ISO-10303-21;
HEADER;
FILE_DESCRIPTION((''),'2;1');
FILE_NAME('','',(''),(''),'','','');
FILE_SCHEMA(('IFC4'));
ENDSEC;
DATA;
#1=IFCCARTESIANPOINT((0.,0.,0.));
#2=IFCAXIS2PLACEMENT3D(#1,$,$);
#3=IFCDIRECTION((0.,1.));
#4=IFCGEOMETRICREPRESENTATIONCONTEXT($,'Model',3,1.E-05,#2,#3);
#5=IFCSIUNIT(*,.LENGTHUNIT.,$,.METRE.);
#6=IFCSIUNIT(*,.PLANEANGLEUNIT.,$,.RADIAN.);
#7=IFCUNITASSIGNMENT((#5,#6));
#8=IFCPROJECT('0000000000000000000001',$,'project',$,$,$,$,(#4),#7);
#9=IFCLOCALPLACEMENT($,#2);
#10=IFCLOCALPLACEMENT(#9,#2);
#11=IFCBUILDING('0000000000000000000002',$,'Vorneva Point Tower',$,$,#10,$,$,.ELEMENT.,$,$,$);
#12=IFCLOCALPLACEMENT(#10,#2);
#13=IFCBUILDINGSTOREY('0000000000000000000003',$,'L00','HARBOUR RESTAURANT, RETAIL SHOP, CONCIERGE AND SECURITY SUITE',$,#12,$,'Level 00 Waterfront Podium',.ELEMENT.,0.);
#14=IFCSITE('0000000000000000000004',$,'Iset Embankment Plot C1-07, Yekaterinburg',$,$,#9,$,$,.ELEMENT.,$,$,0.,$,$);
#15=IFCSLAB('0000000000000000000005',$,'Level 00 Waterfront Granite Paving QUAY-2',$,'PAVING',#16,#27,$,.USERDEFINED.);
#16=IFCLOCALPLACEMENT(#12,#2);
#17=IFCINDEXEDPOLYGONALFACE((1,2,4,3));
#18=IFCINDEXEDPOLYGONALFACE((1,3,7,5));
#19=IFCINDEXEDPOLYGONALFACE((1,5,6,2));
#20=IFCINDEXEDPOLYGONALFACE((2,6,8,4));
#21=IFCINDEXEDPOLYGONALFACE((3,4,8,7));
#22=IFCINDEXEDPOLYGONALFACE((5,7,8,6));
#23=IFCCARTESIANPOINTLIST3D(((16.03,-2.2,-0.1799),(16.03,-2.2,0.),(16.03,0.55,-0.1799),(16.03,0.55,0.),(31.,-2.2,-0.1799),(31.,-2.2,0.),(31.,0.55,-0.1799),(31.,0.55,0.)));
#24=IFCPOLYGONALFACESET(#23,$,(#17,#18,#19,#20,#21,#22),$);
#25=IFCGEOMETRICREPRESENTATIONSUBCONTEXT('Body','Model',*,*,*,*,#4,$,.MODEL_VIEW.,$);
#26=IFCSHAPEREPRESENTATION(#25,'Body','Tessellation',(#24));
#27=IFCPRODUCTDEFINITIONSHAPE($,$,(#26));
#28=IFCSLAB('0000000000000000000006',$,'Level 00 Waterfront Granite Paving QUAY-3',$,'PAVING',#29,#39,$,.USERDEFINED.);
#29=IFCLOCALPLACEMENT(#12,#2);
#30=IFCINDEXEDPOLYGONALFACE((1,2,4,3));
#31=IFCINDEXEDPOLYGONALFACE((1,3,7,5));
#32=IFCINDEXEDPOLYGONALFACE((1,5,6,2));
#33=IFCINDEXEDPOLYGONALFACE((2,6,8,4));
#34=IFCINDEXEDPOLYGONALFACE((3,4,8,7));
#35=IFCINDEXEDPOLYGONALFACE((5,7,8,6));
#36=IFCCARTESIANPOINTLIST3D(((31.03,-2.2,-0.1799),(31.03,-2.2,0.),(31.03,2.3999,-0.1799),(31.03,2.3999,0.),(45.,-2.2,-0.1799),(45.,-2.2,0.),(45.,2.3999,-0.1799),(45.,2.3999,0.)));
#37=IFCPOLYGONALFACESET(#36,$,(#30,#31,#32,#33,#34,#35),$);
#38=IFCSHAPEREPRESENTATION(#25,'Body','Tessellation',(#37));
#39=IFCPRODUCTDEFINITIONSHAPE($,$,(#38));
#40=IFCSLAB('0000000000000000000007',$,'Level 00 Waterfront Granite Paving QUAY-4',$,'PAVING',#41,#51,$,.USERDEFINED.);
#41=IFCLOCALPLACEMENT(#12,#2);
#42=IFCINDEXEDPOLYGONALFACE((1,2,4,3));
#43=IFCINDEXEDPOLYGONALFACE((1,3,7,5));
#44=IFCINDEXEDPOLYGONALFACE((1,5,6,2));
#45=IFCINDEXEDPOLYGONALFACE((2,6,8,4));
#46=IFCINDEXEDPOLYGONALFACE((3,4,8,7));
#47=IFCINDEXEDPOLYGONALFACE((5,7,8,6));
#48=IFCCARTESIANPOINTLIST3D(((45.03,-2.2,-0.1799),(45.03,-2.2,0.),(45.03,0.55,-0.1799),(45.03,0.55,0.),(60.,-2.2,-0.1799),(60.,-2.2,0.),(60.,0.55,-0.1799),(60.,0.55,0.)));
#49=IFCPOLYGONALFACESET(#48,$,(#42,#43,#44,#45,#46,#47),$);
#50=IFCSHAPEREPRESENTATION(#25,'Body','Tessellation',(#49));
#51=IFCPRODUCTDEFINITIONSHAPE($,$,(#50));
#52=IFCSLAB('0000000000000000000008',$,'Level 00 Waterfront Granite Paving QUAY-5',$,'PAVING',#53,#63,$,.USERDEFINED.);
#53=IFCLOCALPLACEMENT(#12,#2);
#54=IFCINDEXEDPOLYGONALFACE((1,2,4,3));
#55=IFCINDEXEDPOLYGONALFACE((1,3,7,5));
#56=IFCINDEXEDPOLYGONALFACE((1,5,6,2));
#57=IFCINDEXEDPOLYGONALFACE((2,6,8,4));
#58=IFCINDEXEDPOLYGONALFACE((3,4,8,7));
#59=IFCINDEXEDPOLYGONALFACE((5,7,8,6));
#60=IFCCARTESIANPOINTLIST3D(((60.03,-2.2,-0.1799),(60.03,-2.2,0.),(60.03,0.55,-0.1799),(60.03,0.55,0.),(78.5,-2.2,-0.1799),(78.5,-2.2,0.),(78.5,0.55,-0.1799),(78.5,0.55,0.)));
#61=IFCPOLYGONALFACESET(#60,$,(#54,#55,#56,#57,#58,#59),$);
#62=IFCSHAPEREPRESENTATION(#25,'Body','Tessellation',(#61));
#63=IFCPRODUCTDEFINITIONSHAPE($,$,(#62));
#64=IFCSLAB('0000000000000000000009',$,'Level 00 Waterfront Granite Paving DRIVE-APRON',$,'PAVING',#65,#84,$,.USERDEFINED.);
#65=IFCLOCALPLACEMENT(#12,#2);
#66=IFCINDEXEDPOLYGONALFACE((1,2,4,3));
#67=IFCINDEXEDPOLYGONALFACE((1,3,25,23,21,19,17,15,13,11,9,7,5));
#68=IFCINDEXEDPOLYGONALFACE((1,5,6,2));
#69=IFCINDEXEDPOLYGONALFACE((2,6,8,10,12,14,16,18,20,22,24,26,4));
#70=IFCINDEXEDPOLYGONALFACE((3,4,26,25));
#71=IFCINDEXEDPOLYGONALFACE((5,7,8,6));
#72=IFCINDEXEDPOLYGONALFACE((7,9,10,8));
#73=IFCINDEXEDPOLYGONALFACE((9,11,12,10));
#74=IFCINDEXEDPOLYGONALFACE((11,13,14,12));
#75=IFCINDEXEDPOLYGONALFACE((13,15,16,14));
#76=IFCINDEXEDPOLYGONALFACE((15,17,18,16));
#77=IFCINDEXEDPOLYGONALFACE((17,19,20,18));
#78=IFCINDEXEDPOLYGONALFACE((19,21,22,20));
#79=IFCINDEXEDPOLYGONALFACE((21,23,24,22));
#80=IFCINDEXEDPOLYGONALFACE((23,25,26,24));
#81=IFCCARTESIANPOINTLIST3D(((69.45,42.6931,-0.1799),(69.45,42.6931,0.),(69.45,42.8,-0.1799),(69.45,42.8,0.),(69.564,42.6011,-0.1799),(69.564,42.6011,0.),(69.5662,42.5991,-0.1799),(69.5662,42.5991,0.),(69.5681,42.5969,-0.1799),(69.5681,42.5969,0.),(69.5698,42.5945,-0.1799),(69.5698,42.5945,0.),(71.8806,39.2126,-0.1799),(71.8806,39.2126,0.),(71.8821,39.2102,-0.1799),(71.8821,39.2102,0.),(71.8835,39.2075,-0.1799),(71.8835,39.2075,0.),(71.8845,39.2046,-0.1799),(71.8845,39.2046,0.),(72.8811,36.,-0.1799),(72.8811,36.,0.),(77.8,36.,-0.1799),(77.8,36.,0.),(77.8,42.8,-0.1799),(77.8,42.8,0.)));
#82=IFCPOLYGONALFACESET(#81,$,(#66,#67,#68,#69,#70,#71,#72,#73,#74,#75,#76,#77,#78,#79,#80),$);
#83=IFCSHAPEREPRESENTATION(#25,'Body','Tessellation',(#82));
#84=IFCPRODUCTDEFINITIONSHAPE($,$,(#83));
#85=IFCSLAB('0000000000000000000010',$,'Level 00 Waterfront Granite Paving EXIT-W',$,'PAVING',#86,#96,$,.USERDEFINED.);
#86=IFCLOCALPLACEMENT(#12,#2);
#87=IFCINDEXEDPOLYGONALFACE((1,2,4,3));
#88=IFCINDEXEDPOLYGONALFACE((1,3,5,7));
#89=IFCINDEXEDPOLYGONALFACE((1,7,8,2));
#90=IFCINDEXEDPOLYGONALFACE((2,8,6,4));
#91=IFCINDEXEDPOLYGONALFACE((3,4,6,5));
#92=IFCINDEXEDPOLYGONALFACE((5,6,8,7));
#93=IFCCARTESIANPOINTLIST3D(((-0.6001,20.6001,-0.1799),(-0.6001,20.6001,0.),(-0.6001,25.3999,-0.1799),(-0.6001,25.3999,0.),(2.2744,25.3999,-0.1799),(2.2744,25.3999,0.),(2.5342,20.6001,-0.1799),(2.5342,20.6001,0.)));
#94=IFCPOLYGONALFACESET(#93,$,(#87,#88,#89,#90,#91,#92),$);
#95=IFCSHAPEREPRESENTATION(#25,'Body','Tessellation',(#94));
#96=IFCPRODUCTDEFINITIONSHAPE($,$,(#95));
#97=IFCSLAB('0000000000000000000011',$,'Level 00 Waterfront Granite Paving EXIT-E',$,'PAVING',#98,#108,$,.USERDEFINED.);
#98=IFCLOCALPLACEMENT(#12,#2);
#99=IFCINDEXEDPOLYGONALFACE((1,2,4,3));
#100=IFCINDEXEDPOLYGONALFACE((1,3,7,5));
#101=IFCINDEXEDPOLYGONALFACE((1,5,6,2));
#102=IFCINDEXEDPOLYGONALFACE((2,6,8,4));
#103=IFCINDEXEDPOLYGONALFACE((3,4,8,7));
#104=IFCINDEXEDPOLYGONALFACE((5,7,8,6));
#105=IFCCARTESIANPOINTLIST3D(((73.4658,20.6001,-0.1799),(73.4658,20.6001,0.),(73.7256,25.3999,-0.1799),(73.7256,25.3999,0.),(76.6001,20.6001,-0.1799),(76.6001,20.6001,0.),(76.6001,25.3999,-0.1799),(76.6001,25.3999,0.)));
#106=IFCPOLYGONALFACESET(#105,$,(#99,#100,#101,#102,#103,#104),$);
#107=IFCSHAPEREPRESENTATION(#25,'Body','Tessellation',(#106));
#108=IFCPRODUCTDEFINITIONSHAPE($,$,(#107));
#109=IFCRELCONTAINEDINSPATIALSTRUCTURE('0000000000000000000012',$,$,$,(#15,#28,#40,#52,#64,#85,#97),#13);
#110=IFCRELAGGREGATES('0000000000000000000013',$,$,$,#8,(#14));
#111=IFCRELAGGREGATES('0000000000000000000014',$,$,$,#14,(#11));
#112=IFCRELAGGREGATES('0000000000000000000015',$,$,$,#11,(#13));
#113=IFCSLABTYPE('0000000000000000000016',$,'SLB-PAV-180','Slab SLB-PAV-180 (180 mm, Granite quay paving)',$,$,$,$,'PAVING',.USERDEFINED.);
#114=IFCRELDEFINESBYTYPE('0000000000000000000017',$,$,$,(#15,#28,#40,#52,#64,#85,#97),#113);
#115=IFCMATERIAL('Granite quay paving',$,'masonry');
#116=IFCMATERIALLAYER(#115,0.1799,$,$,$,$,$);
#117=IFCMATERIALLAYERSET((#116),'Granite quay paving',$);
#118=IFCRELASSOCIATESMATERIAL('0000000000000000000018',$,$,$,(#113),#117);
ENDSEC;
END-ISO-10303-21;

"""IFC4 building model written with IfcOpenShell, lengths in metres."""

from ifc_helpers import new_model, si_unit, direction, frame, origin, place, context, subcontext, project, spatial, polyline, outline, extrude, material, layer, layer_set, type_object, element, save


model = new_model("IFC4")

# Units and contexts
model_context = context("Model", 3, precision=1e-05, world=origin(), true_north=direction((0.0, 1.0)))
body_context = subcontext(model_context, "Body", "Model", "MODEL_VIEW")
ifc_project = project(units=[si_unit("LENGTHUNIT", "METRE"), si_unit("PLANEANGLEUNIT", "RADIAN")], contexts=[model_context])

# Site, building, storey
site_placement = place(None, origin())
site = spatial("IfcSite", under=ifc_project, at=site_placement, Name="Iset Embankment Plot C1-07, Yekaterinburg", CompositionType="ELEMENT", RefElevation=0.0)
building_placement = place(site_placement, origin())
building = spatial("IfcBuilding", under=site, at=building_placement, Name="Vorneva Point Tower", CompositionType="ELEMENT")
storey_placement = place(building_placement, origin())
storey = spatial("IfcBuildingStorey", under=building, at=storey_placement, Name="L00", Description="HARBOUR RESTAURANT, RETAIL SHOP, CONCIERGE AND SECURITY SUITE", LongName="Level 00 Waterfront Podium", CompositionType="ELEMENT", Elevation=0.0)

# Slabs
ifc_material_1 = material(Name="Granite quay paving", Category="masonry")
ifc_layer_1 = layer(ifc_material_1, 0.1799)
ifc_layer_set_1 = layer_set([ifc_layer_1], Name="Granite quay paving")
slab_type_1 = type_object("IfcSlabType", Name="SLB-PAV-180", Description="Slab SLB-PAV-180 (180 mm, Granite quay paving)", ElementType="PAVING", PredefinedType="USERDEFINED", material=ifc_layer_set_1)
slab_1_placement = place(storey_placement, frame((0.0, 0.0, -0.1799)))
element("IfcSlab", 1, at=slab_1_placement, inside=storey, type_object=slab_type_1, Name="Level 00 Waterfront Granite Paving QUAY-2", ObjectType="PAVING", PredefinedType="USERDEFINED", context=body_context, shape_type="SweptSolid", body=[
    extrude(outline(polyline([(31.0, -2.2), (31.0, 0.55), (16.03, 0.55), (16.03, -2.2), (31.0, -2.2)])), origin(), (0.0, 0.0, 1.0), 0.1799),
])
slab_2_placement = place(storey_placement, frame((0.0, 0.0, -0.1799)))
element("IfcSlab", 2, at=slab_2_placement, inside=storey, type_object=slab_type_1, Name="Level 00 Waterfront Granite Paving QUAY-3", ObjectType="PAVING", PredefinedType="USERDEFINED", context=body_context, shape_type="SweptSolid", body=[
    extrude(outline(polyline([(45.0, -2.2), (45.0, 2.3999), (31.03, 2.3999), (31.03, -2.2), (45.0, -2.2)])), origin(), (0.0, 0.0, 1.0), 0.1799),
])
slab_3_placement = place(storey_placement, frame((0.0, 0.0, -0.1799)))
element("IfcSlab", 3, at=slab_3_placement, inside=storey, type_object=slab_type_1, Name="Level 00 Waterfront Granite Paving QUAY-4", ObjectType="PAVING", PredefinedType="USERDEFINED", context=body_context, shape_type="SweptSolid", body=[
    extrude(outline(polyline([(60.0, -2.2), (60.0, 0.55), (45.03, 0.55), (45.03, -2.2), (60.0, -2.2)])), origin(), (0.0, 0.0, 1.0), 0.1799),
])
slab_4_placement = place(storey_placement, frame((0.0, 0.0, -0.1799)))
element("IfcSlab", 4, at=slab_4_placement, inside=storey, type_object=slab_type_1, Name="Level 00 Waterfront Granite Paving QUAY-5", ObjectType="PAVING", PredefinedType="USERDEFINED", context=body_context, shape_type="SweptSolid", body=[
    extrude(outline(polyline([(78.5, -2.2), (78.5, 0.55), (60.03, 0.55), (60.03, -2.2), (78.5, -2.2)])), origin(), (0.0, 0.0, 1.0), 0.1799),
])
slab_5_placement = place(storey_placement, frame((0.0, 0.0, -0.1799)))
element("IfcSlab", 5, at=slab_5_placement, inside=storey, type_object=slab_type_1, Name="Level 00 Waterfront Granite Paving DRIVE-APRON", ObjectType="PAVING", PredefinedType="USERDEFINED", context=body_context, shape_type="SweptSolid", body=[
    extrude(outline(polyline([(69.45, 42.6931), (69.564, 42.6011), (69.5662, 42.5991), (69.5681, 42.5969), (69.5698, 42.5945), (71.8806, 39.2126), (71.8821, 39.2102), (71.8835, 39.2075), (71.8845, 39.2046), (72.8811, 36.0), (77.8, 36.0), (77.8, 42.8), (69.45, 42.8), (69.45, 42.6931)])), origin(), (0.0, 0.0, 1.0), 0.1799),
])
slab_6_placement = place(storey_placement, frame((0.0, 0.0, -0.1799)))
element("IfcSlab", 6, at=slab_6_placement, inside=storey, type_object=slab_type_1, Name="Level 00 Waterfront Granite Paving EXIT-W", ObjectType="PAVING", PredefinedType="USERDEFINED", context=body_context, shape_type="SweptSolid", body=[
    extrude(outline(polyline([(2.5342, 20.6001), (2.2744, 25.3999), (-0.6001, 25.3999), (-0.6001, 20.6001), (2.5342, 20.6001)])), origin(), (0.0, 0.0, 1.0), 0.1799),
])
slab_7_placement = place(storey_placement, frame((0.0, 0.0, -0.1799)))
element("IfcSlab", 7, at=slab_7_placement, inside=storey, type_object=slab_type_1, Name="Level 00 Waterfront Granite Paving EXIT-E", ObjectType="PAVING", PredefinedType="USERDEFINED", context=body_context, shape_type="SweptSolid", body=[
    extrude(outline(polyline([(73.7256, 25.3999), (73.4658, 20.6001), (76.6001, 20.6001), (76.6001, 25.3999), (73.7256, 25.3999)])), origin(), (0.0, 0.0, 1.0), 0.1799),
])

save(model, "model.ifc")
